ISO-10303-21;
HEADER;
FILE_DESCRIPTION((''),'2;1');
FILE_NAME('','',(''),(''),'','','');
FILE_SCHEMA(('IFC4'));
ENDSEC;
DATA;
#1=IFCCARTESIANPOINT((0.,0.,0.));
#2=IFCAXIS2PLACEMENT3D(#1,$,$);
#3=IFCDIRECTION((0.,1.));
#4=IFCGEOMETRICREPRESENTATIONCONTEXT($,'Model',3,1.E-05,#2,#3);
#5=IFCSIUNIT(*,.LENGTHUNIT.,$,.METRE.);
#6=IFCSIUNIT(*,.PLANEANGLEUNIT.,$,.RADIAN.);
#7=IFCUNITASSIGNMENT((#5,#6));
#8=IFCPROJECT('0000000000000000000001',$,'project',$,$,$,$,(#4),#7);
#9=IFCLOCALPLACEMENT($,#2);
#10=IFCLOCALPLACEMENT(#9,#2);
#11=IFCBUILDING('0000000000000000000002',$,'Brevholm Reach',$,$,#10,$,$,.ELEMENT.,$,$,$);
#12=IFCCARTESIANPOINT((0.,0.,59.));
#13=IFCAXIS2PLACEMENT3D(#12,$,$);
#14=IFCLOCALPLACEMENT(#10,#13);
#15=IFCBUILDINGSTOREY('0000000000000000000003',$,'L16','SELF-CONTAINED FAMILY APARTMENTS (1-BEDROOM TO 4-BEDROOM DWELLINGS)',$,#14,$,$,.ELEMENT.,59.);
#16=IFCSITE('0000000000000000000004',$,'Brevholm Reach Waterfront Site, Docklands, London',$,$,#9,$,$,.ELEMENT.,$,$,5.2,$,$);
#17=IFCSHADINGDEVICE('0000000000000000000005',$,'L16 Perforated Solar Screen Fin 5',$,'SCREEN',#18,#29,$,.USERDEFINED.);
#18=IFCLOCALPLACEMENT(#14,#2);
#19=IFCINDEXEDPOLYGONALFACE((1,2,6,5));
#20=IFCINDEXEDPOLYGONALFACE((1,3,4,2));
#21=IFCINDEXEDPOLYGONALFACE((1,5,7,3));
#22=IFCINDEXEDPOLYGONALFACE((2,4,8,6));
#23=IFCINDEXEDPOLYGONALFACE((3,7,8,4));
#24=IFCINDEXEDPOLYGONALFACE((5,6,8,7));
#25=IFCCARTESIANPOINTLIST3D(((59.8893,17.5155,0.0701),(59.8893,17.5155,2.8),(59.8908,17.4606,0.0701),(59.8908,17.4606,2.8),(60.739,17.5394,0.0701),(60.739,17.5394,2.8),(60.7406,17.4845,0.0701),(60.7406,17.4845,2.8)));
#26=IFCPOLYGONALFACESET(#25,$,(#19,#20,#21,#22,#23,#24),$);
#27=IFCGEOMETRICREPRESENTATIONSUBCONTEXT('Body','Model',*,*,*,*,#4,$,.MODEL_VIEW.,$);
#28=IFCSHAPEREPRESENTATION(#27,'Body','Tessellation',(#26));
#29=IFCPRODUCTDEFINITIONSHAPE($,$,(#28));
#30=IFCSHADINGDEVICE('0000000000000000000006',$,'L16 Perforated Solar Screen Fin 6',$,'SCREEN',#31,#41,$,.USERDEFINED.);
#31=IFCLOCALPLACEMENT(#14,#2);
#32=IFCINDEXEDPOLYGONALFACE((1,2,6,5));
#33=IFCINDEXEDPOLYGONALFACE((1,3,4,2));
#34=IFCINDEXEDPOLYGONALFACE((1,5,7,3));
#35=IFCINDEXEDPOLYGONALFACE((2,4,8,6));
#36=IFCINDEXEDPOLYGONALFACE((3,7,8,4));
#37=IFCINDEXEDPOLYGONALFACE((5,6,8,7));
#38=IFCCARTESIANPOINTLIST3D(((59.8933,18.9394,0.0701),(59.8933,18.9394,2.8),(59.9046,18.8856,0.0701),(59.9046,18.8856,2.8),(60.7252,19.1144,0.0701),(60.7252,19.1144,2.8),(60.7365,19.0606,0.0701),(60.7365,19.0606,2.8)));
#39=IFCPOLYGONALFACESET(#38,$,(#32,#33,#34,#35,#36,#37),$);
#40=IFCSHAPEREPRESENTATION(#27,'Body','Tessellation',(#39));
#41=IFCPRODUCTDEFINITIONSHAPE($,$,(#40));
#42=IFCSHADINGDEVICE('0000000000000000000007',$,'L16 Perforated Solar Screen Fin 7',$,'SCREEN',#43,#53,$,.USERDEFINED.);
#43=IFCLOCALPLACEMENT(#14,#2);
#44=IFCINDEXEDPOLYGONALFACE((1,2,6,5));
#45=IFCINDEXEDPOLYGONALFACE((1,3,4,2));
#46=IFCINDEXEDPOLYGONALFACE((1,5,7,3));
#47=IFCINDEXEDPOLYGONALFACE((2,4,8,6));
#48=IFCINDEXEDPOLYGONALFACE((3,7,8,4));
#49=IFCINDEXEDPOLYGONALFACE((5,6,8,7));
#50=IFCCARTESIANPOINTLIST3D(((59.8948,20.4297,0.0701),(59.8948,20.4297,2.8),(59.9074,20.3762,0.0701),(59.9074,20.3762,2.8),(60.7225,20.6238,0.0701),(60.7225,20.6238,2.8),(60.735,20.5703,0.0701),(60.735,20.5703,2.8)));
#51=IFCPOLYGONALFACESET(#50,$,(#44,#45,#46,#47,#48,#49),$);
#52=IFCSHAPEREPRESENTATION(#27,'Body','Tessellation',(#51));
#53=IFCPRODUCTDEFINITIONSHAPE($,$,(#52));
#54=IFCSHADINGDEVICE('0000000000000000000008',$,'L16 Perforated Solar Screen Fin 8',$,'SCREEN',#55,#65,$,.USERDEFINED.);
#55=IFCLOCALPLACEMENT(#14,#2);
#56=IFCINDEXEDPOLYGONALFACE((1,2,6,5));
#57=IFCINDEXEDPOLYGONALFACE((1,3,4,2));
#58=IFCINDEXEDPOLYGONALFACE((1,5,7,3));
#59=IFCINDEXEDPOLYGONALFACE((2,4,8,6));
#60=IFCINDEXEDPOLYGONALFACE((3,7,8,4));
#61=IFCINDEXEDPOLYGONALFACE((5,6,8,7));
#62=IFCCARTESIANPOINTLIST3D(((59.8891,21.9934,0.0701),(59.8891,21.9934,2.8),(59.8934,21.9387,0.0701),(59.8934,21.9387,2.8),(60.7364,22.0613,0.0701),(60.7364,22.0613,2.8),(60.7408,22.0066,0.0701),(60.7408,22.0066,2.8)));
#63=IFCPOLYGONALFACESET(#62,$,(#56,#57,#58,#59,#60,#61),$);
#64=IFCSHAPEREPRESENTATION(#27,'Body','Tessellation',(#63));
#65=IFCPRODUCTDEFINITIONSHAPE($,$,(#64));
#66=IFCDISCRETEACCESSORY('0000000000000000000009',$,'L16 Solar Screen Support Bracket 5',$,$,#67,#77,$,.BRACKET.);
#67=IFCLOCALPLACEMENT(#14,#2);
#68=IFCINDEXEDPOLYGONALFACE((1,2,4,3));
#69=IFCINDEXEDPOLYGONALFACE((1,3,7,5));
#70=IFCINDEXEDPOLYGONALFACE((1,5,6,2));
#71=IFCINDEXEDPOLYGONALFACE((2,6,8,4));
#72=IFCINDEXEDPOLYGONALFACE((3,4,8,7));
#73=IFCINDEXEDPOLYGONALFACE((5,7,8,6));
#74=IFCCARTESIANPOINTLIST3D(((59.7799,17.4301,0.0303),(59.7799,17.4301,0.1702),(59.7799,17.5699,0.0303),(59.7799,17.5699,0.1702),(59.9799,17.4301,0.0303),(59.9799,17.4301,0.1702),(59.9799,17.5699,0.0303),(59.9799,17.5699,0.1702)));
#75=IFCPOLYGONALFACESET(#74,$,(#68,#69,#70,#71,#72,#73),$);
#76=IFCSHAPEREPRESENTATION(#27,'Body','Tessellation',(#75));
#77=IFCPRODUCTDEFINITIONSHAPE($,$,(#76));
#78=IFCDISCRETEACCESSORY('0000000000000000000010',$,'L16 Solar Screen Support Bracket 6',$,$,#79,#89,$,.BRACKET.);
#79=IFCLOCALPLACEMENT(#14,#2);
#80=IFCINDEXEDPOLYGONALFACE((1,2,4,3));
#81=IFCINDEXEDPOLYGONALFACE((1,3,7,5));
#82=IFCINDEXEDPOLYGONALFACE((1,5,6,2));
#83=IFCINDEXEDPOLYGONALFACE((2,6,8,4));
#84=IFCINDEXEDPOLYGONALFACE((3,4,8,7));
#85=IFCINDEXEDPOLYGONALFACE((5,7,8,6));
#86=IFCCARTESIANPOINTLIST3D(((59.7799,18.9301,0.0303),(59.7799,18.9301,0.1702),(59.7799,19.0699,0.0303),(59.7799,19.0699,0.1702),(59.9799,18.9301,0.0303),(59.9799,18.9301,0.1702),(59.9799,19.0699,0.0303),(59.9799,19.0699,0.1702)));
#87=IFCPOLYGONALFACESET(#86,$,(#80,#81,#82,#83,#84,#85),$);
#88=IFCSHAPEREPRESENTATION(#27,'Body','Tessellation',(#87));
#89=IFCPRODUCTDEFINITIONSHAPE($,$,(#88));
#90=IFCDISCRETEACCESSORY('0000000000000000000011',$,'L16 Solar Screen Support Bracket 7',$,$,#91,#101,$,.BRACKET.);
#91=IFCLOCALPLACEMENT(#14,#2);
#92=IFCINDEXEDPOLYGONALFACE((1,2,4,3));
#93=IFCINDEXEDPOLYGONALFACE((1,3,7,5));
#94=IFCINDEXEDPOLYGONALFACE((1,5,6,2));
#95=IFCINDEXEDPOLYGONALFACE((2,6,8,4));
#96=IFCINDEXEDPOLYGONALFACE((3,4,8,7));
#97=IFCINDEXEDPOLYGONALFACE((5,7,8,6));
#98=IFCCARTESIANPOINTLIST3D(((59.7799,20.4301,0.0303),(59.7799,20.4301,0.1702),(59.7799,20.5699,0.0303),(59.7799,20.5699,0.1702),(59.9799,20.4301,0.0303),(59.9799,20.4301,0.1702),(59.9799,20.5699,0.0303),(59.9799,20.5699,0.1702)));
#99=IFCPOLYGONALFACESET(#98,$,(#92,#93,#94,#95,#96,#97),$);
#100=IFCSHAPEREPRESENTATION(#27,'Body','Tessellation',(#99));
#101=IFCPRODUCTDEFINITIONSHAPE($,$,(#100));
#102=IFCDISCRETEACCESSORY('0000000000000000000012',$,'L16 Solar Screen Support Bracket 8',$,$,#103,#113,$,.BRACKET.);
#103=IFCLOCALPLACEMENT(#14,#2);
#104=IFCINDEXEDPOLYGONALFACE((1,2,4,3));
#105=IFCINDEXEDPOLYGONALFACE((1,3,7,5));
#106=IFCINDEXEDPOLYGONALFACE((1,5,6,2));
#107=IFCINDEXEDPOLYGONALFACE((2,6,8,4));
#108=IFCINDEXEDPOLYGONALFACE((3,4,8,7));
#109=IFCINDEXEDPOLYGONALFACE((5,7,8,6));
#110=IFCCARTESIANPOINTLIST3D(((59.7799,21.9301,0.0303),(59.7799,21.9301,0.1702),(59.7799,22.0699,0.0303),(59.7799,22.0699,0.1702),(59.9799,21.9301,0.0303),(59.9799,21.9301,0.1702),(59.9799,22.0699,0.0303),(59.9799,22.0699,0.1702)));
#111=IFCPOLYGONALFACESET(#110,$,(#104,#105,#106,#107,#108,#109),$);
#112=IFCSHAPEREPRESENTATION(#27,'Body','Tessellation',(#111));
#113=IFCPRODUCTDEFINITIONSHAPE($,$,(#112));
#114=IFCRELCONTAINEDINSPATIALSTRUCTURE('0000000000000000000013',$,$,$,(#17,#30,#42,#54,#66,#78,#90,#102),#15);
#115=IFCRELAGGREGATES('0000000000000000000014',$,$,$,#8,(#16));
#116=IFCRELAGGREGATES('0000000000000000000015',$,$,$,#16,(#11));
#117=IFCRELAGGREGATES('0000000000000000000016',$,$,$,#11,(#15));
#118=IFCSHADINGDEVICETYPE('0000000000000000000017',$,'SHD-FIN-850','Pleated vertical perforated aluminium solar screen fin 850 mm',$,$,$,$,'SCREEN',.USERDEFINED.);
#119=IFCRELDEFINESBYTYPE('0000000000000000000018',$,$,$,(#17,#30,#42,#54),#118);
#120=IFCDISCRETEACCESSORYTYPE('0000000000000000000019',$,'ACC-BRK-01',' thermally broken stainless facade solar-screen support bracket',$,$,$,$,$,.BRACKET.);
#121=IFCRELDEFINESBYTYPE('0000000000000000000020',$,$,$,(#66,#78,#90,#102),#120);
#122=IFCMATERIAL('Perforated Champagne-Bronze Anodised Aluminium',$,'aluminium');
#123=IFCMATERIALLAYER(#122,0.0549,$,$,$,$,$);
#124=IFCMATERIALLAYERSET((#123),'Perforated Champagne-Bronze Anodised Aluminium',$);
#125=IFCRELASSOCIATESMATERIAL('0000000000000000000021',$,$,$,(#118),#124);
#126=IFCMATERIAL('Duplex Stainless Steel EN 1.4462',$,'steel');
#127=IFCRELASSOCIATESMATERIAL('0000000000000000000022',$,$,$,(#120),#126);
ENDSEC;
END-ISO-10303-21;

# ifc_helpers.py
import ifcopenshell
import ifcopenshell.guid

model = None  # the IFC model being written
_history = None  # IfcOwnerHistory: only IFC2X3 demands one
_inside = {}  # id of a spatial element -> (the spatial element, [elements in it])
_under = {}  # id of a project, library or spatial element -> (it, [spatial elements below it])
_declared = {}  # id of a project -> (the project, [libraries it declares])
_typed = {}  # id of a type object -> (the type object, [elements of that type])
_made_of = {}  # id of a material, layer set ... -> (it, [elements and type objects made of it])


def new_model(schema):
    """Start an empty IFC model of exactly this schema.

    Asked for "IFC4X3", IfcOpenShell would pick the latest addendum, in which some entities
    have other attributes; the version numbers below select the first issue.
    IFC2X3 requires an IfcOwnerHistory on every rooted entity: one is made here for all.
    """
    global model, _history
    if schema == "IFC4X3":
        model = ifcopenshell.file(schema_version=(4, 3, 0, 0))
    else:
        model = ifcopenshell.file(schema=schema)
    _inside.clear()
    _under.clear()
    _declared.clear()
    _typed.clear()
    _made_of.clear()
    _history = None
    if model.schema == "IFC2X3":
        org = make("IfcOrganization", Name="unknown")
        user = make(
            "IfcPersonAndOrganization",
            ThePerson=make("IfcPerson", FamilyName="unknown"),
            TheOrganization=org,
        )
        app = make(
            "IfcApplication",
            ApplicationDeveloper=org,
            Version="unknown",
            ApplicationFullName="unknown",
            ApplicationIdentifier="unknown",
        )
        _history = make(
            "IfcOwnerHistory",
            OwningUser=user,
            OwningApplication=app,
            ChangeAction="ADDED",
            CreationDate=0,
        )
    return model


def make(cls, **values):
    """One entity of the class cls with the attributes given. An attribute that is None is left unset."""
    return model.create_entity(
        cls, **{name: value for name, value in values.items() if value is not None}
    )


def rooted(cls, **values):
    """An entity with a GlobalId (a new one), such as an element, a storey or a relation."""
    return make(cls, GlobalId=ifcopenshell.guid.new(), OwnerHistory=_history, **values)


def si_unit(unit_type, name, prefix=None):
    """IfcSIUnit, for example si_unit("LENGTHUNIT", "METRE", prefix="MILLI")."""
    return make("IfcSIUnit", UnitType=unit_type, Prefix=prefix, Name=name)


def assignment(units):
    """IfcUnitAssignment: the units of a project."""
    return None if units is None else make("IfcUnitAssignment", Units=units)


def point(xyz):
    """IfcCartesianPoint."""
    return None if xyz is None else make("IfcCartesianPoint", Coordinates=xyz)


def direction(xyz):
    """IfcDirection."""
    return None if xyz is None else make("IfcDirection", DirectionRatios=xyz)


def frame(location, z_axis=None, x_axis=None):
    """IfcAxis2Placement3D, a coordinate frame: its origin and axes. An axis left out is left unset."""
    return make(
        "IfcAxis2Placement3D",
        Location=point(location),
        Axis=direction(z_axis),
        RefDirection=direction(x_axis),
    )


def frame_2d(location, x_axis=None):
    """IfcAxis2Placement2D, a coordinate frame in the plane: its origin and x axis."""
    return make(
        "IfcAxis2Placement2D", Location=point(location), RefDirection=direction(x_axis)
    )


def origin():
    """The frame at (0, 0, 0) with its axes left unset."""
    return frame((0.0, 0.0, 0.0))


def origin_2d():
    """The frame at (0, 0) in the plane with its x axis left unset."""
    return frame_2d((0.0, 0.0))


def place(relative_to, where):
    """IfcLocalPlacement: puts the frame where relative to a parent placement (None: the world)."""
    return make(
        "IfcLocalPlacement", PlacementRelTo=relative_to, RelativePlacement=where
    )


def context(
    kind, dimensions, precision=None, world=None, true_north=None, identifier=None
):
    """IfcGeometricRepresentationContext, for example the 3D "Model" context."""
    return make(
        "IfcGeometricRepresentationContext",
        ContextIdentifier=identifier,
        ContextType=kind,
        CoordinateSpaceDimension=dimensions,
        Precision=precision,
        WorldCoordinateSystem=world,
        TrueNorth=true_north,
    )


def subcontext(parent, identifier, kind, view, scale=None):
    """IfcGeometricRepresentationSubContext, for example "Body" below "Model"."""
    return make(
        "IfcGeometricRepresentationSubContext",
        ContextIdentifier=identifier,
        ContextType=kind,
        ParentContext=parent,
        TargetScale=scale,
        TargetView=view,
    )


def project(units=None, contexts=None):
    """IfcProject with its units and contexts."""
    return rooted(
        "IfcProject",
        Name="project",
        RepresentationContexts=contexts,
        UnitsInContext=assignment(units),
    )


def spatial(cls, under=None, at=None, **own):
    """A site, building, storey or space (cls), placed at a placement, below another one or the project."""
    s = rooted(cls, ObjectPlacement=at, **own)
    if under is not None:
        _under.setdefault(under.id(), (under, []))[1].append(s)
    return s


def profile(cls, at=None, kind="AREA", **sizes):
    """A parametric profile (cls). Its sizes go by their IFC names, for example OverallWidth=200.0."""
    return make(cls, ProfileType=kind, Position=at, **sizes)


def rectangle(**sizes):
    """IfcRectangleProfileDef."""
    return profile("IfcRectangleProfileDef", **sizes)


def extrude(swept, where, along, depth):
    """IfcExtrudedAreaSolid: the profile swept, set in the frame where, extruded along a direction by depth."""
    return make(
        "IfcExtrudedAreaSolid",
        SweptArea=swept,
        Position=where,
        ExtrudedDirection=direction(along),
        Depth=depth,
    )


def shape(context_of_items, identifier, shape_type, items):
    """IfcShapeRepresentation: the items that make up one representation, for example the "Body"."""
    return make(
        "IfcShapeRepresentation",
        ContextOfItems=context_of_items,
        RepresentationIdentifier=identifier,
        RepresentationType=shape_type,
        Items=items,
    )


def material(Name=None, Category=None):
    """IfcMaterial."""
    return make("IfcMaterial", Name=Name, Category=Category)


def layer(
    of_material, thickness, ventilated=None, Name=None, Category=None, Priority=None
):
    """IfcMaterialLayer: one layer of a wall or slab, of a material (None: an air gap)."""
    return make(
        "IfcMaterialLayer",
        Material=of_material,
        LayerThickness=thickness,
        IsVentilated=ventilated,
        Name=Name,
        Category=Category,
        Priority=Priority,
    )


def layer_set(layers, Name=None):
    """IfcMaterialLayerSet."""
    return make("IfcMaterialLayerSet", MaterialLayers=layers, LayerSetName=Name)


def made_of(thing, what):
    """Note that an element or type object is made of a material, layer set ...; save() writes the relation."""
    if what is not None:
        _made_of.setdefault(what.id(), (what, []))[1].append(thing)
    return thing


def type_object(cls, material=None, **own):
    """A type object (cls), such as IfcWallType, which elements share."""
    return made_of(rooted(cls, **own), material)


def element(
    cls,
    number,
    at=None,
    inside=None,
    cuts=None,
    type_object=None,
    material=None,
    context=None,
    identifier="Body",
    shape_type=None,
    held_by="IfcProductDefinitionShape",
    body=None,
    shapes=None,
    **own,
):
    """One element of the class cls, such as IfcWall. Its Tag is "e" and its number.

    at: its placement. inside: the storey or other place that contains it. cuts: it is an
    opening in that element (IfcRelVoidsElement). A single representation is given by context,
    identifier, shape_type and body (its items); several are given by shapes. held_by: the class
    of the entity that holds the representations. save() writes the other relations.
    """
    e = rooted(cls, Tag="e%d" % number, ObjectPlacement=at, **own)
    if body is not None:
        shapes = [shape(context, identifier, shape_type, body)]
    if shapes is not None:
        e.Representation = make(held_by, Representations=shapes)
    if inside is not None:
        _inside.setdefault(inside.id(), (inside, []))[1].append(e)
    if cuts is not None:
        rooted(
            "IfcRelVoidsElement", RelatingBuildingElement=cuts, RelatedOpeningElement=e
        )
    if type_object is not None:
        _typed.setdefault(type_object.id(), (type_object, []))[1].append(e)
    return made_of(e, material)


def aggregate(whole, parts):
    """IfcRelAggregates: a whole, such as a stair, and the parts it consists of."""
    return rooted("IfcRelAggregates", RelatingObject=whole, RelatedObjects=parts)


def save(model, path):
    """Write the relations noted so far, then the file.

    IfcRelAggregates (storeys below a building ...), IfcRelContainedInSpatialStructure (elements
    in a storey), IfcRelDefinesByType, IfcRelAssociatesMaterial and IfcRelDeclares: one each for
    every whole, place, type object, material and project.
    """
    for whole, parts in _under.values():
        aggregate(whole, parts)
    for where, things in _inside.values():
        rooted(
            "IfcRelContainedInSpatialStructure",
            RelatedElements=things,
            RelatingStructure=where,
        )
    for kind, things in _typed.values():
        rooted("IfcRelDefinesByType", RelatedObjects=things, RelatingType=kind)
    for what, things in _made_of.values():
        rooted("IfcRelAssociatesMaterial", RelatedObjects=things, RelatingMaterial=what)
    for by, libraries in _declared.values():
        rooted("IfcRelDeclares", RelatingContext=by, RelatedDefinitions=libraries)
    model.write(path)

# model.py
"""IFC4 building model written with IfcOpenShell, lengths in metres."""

from ifc_helpers import new_model, si_unit, direction, frame, origin, origin_2d, place, context, subcontext, project, spatial, rectangle, extrude, material, layer, layer_set, type_object, element, save


model = new_model("IFC4")

# Units and contexts
model_context = context("Model", 3, precision=1e-05, world=origin(), true_north=direction((0.0, 1.0)))
body_context = subcontext(model_context, "Body", "Model", "MODEL_VIEW")
ifc_project = project(units=[si_unit("LENGTHUNIT", "METRE"), si_unit("PLANEANGLEUNIT", "RADIAN")], contexts=[model_context])

# Site, building, storey
site_placement = place(None, origin())
site = spatial("IfcSite", under=ifc_project, at=site_placement, Name="Brevholm Reach Waterfront Site, Docklands, London", CompositionType="ELEMENT", RefElevation=5.2)
building_placement = place(site_placement, origin())
building = spatial("IfcBuilding", under=site, at=building_placement, Name="Brevholm Reach", CompositionType="ELEMENT")
storey_placement = place(building_placement, frame((0.0, 0.0, 59.0)))
storey = spatial("IfcBuildingStorey", under=building, at=storey_placement, Name="L16", Description="SELF-CONTAINED FAMILY APARTMENTS (1-BEDROOM TO 4-BEDROOM DWELLINGS)", CompositionType="ELEMENT", Elevation=59.0)

# Shading devices
ifc_material_1 = material(Name="Perforated Champagne-Bronze Anodised Aluminium", Category="aluminium")
ifc_layer_1 = layer(ifc_material_1, 0.0549)
ifc_layer_set_1 = layer_set([ifc_layer_1], Name="Perforated Champagne-Bronze Anodised Aluminium")
shading_device_type = type_object("IfcShadingDeviceType", Name="SHD-FIN-850", Description="Pleated vertical perforated aluminium solar screen fin 850 mm", ElementType="SCREEN", PredefinedType="USERDEFINED", material=ifc_layer_set_1)
for number, where, z_axis, x_axis, name in (
    (1, (60.3149, 17.5, 0.0701), (0.0, 0.0, 1.0), (0.999603, 0.028183, 0.0), "L16 Perforated Solar Screen Fin 5"),
    (2, (60.3149, 19.0, 0.0701), (0.0, 0.0, 1.0), (0.978584, 0.205846, 0.0), "L16 Perforated Solar Screen Fin 6"),
    (3, (60.3149, 20.5, 0.0701), (0.0, 0.0, 1.0), (0.973583, 0.228334, 0.0), "L16 Perforated Solar Screen Fin 7"),
    (4, (60.3149, 22.0, 0.0701), (0.0, 0.0, 1.0), (0.996808, 0.079834, 0.0), "L16 Perforated Solar Screen Fin 8"),
):
    element("IfcShadingDevice", number, at=place(storey_placement, frame(where, z_axis=z_axis, x_axis=x_axis)), inside=storey, type_object=shading_device_type, Name=name, ObjectType="SCREEN", PredefinedType="USERDEFINED", context=body_context, shape_type="SweptSolid", body=[
        extrude(rectangle(XDim=0.8501, YDim=0.0549, at=origin_2d()), origin(), (0.0, 0.0, 1.0), 2.73),
    ])

# Discrete accessories
ifc_material_2 = material(Name="Duplex Stainless Steel EN 1.4462", Category="steel")
discrete_accessory_type = type_object("IfcDiscreteAccessoryType", Name="ACC-BRK-01", Description=" thermally broken stainless facade solar-screen support bracket", PredefinedType="BRACKET", material=ifc_material_2)
for number, where, z_axis, x_axis, name in (
    (5, (59.8799, 17.5, 0.0303), (0.0, 0.0, 1.0), (1.0, 0.0, 0.0), "L16 Solar Screen Support Bracket 5"),
    (6, (59.8799, 19.0, 0.0303), (0.0, 0.0, 1.0), (1.0, 0.0, 0.0), "L16 Solar Screen Support Bracket 6"),
    (7, (59.8799, 20.5, 0.0303), (0.0, 0.0, 1.0), (1.0, 0.0, 0.0), "L16 Solar Screen Support Bracket 7"),
    (8, (59.8799, 22.0, 0.0303), (0.0, 0.0, 1.0), (1.0, 0.0, 0.0), "L16 Solar Screen Support Bracket 8"),
):
    element("IfcDiscreteAccessory", number, at=place(storey_placement, frame(where, z_axis=z_axis, x_axis=x_axis)), inside=storey, type_object=discrete_accessory_type, Name=name, PredefinedType="BRACKET", context=body_context, shape_type="SweptSolid", body=[
        extrude(rectangle(XDim=0.2, YDim=0.1399, at=origin_2d()), origin(), (0.0, 0.0, 1.0), 0.1399),
    ])

save(model, "model.ifc")
